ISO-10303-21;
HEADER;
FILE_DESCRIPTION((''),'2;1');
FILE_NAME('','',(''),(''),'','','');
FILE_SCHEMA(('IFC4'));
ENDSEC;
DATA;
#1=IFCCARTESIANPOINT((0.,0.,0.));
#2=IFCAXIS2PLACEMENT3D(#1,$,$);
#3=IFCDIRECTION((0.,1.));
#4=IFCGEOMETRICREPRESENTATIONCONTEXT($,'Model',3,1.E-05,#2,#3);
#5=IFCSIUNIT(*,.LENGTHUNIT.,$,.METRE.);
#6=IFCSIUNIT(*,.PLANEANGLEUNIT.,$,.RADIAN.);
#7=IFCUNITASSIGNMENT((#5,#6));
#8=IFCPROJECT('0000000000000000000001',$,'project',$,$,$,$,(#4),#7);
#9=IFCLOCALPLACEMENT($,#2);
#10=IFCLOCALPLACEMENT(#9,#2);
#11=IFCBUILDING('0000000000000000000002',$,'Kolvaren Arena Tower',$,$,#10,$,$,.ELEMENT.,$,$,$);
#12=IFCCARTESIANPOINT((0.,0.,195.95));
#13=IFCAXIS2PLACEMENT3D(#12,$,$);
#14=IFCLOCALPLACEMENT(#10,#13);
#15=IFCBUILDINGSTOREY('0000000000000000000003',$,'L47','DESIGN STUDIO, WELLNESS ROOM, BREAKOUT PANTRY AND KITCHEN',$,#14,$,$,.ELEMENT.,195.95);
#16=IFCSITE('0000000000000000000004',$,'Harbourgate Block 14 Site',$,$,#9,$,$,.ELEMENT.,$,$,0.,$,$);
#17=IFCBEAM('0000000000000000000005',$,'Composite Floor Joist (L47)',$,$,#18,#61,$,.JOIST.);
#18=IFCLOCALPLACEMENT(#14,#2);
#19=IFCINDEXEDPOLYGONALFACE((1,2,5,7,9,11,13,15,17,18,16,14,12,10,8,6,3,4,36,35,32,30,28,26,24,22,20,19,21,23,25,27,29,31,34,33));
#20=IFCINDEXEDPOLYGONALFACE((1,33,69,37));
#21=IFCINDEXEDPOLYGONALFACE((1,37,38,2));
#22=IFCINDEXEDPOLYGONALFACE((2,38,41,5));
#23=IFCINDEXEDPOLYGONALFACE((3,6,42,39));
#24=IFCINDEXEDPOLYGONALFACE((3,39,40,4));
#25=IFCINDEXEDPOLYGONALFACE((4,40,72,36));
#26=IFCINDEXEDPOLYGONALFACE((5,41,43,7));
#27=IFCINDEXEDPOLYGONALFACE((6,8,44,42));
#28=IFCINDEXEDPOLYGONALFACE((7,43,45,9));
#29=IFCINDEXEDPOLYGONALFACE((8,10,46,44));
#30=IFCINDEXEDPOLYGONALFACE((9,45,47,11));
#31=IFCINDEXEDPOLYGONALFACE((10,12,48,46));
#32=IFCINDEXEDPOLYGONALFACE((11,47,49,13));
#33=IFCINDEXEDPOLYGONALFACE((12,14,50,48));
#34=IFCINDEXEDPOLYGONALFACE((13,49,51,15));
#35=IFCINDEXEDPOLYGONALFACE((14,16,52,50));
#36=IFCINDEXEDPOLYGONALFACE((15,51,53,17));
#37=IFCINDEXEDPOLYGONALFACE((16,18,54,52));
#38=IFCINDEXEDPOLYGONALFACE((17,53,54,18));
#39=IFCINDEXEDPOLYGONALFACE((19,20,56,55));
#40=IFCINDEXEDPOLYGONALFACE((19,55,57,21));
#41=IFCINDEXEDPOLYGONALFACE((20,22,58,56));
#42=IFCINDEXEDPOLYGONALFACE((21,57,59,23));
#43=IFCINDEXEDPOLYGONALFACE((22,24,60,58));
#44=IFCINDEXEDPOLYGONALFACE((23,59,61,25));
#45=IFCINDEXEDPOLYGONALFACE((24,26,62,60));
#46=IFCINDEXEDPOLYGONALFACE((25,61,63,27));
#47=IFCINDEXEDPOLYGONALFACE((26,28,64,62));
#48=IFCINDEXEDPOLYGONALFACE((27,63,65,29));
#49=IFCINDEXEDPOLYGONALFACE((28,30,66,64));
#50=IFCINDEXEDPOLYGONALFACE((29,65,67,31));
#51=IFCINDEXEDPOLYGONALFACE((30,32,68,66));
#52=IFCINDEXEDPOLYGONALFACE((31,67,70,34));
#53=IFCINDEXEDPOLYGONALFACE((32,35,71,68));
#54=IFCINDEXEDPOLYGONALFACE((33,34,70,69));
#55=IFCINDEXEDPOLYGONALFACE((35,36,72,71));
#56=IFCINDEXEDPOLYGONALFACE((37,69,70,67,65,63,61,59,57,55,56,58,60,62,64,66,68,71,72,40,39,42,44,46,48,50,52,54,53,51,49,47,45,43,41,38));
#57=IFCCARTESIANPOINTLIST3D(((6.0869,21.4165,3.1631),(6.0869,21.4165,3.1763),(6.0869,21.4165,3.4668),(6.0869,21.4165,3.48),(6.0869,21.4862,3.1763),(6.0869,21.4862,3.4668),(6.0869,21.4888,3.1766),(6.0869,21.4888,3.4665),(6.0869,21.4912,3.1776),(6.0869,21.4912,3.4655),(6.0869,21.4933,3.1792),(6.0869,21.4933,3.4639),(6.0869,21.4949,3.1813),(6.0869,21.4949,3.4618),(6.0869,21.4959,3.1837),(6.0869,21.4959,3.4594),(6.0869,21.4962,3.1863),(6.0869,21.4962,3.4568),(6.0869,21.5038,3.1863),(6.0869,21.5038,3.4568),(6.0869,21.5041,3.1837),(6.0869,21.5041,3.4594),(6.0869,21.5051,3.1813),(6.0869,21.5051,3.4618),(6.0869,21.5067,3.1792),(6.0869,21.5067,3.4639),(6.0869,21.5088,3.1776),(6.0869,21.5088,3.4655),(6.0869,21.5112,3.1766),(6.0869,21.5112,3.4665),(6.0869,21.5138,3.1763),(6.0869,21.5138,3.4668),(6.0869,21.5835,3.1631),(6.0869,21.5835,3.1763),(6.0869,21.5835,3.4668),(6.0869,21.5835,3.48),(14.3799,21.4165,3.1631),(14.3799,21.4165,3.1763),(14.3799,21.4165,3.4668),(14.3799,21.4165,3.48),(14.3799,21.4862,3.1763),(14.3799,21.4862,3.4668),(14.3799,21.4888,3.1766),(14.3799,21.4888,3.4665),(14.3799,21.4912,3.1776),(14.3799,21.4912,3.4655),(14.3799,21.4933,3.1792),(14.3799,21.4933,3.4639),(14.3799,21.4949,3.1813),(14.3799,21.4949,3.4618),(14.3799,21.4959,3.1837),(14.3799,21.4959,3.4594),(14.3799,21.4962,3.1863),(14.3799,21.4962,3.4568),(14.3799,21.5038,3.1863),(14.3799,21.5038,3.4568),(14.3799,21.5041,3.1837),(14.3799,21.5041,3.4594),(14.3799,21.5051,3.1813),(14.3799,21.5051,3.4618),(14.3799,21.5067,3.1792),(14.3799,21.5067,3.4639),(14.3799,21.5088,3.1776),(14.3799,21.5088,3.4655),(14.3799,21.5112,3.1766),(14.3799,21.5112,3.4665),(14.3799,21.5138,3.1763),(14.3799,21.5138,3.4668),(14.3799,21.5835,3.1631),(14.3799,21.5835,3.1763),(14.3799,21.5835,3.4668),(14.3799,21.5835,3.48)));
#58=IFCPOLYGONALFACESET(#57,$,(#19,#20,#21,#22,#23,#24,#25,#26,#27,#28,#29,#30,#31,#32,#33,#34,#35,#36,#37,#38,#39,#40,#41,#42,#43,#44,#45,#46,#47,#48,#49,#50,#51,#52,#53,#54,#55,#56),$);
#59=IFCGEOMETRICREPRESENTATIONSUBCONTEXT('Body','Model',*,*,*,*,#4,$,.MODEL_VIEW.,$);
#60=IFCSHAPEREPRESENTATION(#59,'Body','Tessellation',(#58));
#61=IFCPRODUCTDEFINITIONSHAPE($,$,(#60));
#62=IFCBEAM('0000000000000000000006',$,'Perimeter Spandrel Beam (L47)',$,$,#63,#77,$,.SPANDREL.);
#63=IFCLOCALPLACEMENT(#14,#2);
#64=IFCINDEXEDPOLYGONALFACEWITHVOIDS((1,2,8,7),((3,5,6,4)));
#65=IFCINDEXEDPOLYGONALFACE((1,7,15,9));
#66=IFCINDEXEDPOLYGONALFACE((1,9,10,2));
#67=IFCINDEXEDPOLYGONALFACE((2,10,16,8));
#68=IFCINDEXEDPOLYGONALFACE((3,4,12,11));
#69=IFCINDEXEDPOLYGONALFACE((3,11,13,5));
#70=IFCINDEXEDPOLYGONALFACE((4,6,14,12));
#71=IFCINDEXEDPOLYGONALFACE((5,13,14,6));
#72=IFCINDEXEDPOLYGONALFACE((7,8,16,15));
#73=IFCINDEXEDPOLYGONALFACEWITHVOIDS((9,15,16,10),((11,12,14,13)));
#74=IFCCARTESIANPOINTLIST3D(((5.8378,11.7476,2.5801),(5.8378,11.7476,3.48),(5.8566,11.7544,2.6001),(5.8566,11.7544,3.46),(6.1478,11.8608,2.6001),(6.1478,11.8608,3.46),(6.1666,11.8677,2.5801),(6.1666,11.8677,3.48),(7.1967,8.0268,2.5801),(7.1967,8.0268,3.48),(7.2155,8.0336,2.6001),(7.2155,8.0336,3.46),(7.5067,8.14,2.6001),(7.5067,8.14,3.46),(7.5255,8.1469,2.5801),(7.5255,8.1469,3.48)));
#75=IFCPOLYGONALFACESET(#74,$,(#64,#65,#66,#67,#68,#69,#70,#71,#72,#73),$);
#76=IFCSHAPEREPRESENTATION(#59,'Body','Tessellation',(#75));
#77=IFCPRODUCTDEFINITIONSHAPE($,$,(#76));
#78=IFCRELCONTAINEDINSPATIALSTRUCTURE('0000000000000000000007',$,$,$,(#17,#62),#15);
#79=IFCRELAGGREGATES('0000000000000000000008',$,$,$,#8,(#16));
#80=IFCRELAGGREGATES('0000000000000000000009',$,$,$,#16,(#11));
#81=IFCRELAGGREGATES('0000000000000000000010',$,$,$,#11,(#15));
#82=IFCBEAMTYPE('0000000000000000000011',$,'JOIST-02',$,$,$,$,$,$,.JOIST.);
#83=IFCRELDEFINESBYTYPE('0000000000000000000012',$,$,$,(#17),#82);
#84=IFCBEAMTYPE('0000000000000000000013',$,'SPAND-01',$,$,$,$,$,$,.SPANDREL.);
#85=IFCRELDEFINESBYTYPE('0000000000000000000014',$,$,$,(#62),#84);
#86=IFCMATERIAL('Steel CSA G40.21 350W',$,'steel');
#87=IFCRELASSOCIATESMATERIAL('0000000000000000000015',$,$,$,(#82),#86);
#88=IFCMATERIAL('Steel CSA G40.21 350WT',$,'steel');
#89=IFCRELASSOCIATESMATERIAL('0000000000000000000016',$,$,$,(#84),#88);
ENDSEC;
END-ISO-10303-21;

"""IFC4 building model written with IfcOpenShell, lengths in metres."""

from ifc_helpers import new_model, si_unit, direction, frame, origin, origin_2d, place, context, subcontext, project, spatial, hollow_rectangle, i_section, extrude, material, material_profile, profile_set, type_object, element, save


model = new_model("IFC4")

# Units and contexts
model_context = context("Model", 3, precision=1e-05, world=origin(), true_north=direction((0.0, 1.0)))
body_context = subcontext(model_context, "Body", "Model", "MODEL_VIEW")
ifc_project = project(units=[si_unit("LENGTHUNIT", "METRE"), si_unit("PLANEANGLEUNIT", "RADIAN")], contexts=[model_context])

# Site, building, storey
site_placement = place(None, origin())
site = spatial("IfcSite", under=ifc_project, at=site_placement, Name="Harbourgate Block 14 Site", CompositionType="ELEMENT", RefElevation=0.0)
building_placement = place(site_placement, origin())
building = spatial("IfcBuilding", under=site, at=building_placement, Name="Kolvaren Arena Tower", CompositionType="ELEMENT")
storey_placement = place(building_placement, frame((0.0, 0.0, 195.95)))
storey = spatial("IfcBuildingStorey", under=building, at=storey_placement, Name="L47", Description="DESIGN STUDIO, WELLNESS ROOM, BREAKOUT PANTRY AND KITCHEN", CompositionType="ELEMENT", Elevation=195.95)

# Beams
ifc_material_1 = material(Name="Steel CSA G40.21 350W", Category="steel")
ifc_material_profile_1 = material_profile(ifc_material_1, i_section(OverallWidth=0.167, OverallDepth=0.3169, WebThickness=0.0076, FlangeThickness=0.0132, FilletRadius=0.01, at=origin_2d()), Name="W310x52")
ifc_profile_set_1 = profile_set([ifc_material_profile_1], Name="Steel CSA G40.21 350W")
beam_type_1 = type_object("IfcBeamType", Name="JOIST-02", PredefinedType="JOIST", material=ifc_profile_set_1)
beam_1_placement = place(storey_placement, frame((6.0869, 21.5, 3.3215), z_axis=(1.0, 0.0, 0.0), x_axis=(0.0, 1.0, 0.0)))
element("IfcBeam", 1, at=beam_1_placement, inside=storey, type_object=beam_type_1, Name="Composite Floor Joist (L47)", PredefinedType="JOIST", context=body_context, shape_type="SweptSolid", body=[
    extrude(i_section(OverallWidth=0.167, OverallDepth=0.3169, WebThickness=0.0076, FlangeThickness=0.0132, FilletRadius=0.01, at=origin_2d()), origin(), (0.0, 0.0, 1.0), 8.293),
])
ifc_material_2 = material(Name="Steel CSA G40.21 350WT", Category="steel")
ifc_material_profile_2 = material_profile(ifc_material_2, hollow_rectangle(XDim=0.3501, YDim=0.8999, WallThickness=0.02, at=origin_2d()), Name="HSS 900x350x20")
ifc_profile_set_2 = profile_set([ifc_material_profile_2], Name="Steel CSA G40.21 350WT")
beam_type_2 = type_object("IfcBeamType", Name="SPAND-01", PredefinedType="SPANDREL", material=ifc_profile_set_2)
beam_2_placement = place(storey_placement, frame((6.0022, 11.8076, 3.03), z_axis=(0.343059, -0.939314, 0.0), x_axis=(0.939314, 0.343059, 0.0)))
element("IfcBeam", 2, at=beam_2_placement, inside=storey, type_object=beam_type_2, Name="Perimeter Spandrel Beam (L47)", PredefinedType="SPANDREL", context=body_context, shape_type="SweptSolid", body=[
    extrude(hollow_rectangle(XDim=0.3501, YDim=0.8999, WallThickness=0.02, at=origin_2d()), origin(), (0.0, 0.0, 1.0), 3.9612),
])

save(model, "model.ifc")
